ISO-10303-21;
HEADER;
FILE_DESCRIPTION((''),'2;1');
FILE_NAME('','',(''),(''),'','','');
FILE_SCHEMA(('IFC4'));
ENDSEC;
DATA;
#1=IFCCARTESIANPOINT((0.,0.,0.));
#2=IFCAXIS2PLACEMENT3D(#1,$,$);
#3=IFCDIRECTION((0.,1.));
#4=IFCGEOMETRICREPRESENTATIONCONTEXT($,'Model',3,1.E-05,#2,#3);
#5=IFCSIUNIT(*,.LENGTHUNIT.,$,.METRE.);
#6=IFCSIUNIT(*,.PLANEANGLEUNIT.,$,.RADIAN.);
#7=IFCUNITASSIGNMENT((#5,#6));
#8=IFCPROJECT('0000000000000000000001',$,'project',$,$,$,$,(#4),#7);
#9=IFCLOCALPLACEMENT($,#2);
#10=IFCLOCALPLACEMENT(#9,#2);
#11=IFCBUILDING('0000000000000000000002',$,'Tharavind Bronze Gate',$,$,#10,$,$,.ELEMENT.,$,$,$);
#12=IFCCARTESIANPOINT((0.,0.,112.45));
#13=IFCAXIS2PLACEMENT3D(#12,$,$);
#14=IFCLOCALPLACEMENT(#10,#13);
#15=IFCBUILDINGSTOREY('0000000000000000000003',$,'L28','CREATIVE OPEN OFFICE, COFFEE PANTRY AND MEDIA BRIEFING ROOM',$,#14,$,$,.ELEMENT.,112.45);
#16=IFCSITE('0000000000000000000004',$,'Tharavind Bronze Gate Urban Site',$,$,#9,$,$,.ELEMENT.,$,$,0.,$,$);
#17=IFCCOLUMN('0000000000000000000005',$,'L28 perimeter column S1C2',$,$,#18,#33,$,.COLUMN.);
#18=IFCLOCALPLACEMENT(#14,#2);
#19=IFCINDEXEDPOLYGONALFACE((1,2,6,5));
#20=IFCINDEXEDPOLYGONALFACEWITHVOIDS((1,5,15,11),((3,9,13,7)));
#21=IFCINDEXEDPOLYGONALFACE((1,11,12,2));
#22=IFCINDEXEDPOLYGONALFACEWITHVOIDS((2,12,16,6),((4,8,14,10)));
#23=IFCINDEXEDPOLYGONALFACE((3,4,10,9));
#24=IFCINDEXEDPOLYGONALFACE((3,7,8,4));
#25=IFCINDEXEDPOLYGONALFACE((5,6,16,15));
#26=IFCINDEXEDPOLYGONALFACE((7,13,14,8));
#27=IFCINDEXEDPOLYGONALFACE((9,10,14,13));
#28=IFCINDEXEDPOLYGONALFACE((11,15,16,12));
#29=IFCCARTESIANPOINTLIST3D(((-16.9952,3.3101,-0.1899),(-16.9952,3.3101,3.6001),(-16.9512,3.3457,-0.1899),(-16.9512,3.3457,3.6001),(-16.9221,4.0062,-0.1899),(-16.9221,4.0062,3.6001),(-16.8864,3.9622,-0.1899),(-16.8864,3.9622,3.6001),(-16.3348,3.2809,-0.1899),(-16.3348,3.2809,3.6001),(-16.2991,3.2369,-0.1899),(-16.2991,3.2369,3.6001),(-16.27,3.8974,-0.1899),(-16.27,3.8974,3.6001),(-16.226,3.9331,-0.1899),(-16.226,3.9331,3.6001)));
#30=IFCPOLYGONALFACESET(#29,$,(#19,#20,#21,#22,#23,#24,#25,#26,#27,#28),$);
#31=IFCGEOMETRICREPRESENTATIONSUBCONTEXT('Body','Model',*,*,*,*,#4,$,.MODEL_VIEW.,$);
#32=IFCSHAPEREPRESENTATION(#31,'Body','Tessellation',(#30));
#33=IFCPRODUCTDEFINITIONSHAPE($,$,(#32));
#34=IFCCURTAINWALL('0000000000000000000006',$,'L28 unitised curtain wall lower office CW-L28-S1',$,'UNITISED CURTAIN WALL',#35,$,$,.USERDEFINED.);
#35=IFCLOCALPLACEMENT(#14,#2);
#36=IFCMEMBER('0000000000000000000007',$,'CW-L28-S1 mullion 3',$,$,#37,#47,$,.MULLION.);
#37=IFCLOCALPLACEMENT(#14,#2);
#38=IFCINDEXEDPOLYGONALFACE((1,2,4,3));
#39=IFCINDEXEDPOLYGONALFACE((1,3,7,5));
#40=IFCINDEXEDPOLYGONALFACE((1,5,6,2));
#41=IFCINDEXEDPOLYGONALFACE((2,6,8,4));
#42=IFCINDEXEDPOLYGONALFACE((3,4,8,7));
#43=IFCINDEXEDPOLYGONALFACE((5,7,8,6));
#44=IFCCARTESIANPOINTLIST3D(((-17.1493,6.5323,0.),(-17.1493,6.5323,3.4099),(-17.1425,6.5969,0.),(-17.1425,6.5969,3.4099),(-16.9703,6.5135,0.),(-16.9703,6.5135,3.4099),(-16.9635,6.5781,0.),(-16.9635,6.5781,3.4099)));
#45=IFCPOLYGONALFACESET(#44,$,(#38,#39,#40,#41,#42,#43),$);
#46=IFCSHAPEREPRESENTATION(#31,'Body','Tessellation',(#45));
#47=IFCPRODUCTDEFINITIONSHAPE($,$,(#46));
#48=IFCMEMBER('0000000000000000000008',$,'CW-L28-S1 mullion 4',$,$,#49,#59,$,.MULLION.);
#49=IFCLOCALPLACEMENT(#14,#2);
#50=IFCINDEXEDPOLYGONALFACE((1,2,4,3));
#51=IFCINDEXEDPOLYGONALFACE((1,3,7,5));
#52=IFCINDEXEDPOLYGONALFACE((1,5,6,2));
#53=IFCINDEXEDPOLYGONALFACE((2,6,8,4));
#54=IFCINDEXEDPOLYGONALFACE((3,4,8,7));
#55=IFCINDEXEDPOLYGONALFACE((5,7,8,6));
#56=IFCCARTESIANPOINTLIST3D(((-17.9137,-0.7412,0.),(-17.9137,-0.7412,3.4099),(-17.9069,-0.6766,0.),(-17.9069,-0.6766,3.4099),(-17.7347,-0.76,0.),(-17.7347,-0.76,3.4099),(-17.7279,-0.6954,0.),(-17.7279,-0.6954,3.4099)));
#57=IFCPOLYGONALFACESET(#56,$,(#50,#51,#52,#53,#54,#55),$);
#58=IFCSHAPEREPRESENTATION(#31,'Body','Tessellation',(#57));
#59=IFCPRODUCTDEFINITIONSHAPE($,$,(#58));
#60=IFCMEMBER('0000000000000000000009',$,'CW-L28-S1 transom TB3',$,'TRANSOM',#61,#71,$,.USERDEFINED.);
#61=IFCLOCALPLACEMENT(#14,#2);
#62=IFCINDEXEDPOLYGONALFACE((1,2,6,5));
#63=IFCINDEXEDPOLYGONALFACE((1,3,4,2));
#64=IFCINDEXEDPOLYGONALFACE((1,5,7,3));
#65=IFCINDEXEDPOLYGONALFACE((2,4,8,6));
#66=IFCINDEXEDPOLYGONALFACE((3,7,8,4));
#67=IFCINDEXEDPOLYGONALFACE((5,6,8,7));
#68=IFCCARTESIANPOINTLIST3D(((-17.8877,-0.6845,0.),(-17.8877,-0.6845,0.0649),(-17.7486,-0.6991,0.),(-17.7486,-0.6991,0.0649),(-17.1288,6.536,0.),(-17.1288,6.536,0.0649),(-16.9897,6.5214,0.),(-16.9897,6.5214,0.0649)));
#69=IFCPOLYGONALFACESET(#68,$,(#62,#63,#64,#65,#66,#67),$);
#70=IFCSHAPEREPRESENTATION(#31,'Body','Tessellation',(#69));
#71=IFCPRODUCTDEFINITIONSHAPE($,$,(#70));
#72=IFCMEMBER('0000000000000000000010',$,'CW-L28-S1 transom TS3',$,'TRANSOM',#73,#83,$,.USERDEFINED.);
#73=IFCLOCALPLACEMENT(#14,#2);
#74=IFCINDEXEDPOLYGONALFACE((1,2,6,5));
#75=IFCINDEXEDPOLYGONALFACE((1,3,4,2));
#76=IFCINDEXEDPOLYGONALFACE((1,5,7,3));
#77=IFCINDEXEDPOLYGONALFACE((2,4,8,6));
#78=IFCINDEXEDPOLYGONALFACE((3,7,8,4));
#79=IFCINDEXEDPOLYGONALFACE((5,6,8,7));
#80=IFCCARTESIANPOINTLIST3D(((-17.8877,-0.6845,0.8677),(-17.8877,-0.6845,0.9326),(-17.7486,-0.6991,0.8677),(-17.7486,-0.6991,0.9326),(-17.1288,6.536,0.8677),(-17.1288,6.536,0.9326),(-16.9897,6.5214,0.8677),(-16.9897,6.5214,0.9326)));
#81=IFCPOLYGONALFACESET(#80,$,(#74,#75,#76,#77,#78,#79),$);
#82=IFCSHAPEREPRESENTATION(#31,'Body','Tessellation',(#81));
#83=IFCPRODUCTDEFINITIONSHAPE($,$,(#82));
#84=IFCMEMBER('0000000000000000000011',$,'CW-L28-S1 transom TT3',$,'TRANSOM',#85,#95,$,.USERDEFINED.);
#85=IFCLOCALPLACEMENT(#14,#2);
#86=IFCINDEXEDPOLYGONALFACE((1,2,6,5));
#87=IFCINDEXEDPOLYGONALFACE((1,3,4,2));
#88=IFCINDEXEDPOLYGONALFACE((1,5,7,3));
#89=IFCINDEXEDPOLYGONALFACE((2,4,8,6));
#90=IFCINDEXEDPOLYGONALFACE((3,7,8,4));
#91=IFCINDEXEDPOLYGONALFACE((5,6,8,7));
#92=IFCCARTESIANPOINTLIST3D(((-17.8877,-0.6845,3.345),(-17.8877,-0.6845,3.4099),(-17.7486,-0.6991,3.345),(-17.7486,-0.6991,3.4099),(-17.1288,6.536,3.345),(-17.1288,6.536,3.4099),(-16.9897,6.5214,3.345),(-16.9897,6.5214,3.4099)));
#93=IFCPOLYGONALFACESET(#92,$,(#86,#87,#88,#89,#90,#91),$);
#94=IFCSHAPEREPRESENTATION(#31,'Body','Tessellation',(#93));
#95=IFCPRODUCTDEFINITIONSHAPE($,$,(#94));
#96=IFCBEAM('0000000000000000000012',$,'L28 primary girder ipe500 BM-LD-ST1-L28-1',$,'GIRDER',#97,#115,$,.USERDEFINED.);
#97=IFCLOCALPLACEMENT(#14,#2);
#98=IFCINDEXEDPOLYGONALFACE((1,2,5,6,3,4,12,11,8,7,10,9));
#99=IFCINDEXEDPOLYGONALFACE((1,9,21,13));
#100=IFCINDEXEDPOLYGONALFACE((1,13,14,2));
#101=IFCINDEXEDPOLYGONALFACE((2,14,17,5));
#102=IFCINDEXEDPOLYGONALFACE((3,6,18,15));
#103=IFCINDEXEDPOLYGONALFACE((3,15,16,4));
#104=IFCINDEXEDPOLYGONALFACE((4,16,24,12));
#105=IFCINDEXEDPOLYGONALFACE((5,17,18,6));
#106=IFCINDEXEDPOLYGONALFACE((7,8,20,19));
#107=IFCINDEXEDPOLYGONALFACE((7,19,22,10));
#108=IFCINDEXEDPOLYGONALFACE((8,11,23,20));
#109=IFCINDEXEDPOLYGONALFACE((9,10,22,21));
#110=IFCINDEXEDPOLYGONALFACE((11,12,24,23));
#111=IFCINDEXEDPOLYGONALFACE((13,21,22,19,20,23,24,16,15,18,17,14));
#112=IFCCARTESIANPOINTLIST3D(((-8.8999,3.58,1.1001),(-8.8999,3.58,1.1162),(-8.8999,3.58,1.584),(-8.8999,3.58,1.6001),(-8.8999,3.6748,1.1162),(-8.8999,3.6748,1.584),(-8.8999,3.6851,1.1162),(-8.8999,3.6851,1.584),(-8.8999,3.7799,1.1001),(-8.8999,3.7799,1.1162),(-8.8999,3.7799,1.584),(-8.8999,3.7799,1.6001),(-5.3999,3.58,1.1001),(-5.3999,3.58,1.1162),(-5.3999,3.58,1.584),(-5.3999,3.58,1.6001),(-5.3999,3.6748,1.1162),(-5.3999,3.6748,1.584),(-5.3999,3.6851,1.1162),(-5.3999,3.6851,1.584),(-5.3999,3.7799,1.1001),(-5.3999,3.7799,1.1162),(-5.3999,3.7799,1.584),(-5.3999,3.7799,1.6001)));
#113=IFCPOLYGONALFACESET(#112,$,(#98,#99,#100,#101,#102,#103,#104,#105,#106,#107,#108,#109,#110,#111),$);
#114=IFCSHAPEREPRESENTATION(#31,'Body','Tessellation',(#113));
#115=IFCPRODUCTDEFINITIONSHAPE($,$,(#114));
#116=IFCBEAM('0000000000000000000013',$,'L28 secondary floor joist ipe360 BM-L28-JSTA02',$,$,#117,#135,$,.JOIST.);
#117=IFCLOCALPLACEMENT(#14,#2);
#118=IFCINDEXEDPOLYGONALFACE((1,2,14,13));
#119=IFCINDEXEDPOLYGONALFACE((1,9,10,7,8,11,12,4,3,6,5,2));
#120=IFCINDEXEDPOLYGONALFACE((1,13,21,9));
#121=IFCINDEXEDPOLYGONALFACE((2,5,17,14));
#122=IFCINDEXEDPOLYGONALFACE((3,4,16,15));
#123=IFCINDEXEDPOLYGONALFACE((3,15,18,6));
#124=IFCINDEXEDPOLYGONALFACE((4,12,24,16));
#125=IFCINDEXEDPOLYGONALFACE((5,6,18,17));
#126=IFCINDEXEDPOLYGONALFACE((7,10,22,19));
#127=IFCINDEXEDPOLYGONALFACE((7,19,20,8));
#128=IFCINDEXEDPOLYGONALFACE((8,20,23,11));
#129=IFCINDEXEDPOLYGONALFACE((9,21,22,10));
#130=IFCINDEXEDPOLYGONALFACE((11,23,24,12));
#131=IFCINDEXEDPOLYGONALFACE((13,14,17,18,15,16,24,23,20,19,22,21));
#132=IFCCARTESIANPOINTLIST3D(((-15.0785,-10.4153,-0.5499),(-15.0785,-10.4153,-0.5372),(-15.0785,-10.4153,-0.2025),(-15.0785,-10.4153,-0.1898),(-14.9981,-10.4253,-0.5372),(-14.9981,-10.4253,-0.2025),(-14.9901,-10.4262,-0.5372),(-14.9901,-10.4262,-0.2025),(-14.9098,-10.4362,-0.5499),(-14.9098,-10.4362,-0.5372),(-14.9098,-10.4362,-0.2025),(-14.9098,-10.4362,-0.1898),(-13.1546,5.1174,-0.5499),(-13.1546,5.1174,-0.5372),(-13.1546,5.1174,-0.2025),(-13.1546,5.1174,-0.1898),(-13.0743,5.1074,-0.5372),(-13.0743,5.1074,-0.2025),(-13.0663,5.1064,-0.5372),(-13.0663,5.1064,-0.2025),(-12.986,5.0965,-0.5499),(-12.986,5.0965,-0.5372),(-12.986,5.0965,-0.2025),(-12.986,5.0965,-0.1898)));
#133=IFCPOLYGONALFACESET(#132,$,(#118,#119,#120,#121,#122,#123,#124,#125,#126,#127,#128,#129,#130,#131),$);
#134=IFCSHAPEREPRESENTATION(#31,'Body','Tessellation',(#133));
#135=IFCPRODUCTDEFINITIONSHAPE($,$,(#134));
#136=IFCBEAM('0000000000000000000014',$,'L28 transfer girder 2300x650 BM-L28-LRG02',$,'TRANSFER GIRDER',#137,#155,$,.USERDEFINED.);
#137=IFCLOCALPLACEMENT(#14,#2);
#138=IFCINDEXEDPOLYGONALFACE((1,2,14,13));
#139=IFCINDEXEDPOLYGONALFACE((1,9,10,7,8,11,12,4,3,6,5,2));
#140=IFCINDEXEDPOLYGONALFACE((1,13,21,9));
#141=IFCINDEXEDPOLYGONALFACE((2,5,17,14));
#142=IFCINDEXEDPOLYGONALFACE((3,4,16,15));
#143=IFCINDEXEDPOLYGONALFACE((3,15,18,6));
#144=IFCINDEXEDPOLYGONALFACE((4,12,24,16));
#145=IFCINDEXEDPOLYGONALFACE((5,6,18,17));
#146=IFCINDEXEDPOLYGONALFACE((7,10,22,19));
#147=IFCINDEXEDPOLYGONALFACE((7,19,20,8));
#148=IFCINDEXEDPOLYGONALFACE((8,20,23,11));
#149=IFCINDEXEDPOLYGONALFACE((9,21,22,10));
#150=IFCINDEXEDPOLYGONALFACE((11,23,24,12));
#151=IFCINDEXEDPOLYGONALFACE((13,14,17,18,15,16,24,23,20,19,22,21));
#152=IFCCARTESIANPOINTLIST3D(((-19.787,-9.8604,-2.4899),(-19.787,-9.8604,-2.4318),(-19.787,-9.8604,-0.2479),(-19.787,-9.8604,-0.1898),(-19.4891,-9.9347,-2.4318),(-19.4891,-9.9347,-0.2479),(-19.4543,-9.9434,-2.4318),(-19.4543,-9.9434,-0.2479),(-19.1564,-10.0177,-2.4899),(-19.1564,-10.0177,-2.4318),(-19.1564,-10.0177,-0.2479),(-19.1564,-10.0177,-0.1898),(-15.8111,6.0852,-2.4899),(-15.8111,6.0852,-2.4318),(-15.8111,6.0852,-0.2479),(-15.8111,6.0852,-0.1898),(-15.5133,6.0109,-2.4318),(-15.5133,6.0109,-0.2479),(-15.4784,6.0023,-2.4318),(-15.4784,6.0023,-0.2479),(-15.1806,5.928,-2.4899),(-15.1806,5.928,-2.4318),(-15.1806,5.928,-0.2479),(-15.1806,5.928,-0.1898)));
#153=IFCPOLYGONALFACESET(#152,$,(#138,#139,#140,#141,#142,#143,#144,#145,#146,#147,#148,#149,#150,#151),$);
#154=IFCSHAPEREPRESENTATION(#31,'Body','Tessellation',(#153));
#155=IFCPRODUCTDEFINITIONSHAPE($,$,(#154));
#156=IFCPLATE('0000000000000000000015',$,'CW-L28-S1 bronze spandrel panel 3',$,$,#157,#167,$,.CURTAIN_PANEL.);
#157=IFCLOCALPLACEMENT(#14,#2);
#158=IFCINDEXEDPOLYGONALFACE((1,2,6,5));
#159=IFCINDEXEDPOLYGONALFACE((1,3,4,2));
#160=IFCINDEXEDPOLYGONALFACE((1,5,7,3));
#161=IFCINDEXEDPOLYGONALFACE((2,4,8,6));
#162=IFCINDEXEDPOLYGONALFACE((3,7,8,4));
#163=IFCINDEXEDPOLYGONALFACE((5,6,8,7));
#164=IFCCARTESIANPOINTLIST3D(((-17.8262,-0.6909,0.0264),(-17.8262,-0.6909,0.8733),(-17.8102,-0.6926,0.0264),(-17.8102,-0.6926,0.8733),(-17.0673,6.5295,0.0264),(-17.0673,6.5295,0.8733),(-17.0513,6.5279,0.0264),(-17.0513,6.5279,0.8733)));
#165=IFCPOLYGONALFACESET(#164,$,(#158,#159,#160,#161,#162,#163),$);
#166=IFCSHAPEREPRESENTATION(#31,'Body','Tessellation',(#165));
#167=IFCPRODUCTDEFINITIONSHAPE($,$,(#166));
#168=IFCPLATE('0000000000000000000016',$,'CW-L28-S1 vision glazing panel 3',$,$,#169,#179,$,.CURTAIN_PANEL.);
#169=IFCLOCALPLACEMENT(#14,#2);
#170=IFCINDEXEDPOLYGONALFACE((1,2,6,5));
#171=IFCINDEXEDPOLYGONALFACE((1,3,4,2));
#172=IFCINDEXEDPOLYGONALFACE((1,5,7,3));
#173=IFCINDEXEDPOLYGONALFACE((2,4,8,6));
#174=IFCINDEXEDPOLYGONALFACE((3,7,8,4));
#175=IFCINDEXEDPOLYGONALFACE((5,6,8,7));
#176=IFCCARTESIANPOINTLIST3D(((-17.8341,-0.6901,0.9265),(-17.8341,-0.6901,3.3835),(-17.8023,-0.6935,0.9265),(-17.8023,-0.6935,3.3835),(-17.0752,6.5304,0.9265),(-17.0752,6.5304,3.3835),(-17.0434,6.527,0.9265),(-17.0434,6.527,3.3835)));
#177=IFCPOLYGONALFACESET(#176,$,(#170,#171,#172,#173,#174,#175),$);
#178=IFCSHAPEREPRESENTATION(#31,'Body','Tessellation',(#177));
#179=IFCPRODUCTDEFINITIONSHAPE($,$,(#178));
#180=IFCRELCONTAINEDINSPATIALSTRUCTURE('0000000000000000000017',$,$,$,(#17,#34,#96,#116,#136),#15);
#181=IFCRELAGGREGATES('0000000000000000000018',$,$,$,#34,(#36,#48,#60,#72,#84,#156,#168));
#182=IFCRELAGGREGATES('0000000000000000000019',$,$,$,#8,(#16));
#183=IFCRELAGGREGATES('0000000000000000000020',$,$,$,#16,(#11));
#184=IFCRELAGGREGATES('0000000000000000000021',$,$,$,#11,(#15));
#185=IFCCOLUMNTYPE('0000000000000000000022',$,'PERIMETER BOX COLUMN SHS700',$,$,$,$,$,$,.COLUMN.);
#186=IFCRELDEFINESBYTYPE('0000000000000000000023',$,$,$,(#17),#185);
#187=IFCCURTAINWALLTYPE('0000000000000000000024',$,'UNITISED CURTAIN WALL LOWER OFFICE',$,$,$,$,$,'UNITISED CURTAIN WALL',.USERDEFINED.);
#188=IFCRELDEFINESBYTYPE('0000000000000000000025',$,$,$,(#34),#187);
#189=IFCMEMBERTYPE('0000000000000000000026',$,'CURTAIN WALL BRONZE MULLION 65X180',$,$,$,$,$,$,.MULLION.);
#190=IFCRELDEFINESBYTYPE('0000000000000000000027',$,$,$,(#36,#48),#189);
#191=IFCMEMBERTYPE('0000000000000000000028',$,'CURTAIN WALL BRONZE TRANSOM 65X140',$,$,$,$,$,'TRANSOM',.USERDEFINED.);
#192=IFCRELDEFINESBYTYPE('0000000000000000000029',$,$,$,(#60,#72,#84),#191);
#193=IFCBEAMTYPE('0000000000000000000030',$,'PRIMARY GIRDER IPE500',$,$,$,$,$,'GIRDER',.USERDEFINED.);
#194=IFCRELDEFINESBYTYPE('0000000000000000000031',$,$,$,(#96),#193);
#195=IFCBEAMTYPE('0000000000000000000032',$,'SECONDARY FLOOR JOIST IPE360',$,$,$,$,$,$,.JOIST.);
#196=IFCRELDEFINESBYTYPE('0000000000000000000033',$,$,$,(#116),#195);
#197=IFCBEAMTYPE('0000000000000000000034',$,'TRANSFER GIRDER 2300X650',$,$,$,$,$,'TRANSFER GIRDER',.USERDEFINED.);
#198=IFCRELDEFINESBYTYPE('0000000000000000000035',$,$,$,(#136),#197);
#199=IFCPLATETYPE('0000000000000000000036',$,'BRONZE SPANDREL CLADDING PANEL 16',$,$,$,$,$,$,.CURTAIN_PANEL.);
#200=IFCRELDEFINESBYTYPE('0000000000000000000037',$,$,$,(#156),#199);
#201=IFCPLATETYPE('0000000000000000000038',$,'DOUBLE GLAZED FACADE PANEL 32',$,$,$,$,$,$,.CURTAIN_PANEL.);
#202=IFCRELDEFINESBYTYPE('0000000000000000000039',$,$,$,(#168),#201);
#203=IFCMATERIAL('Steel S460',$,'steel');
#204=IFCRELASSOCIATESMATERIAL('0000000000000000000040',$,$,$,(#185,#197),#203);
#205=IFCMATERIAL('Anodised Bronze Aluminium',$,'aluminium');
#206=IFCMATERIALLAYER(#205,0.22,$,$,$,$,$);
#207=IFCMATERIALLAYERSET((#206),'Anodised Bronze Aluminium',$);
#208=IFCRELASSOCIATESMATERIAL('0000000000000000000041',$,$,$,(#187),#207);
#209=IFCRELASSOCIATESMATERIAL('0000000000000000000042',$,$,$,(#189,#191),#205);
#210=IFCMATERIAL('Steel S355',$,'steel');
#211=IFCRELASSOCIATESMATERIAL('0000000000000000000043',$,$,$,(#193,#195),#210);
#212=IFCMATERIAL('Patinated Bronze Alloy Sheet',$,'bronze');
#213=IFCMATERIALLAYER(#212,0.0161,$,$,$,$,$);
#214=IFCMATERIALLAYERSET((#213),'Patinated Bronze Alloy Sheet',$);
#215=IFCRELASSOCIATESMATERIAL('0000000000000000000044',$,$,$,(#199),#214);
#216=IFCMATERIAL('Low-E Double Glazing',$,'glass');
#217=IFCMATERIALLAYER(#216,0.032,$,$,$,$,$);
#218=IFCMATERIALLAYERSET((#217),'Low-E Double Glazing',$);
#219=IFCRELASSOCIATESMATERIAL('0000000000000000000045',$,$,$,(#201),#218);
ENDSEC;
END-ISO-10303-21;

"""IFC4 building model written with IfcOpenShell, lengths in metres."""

from ifc_helpers import new_model, si_unit, direction, frame, origin, origin_2d, place, context, subcontext, project, spatial, rectangle, hollow_rectangle, i_section, extrude, material, layer, layer_set, material_profile, profile_set, type_object, element, aggregate, save


model = new_model("IFC4")

# Units and contexts
model_context = context("Model", 3, precision=1e-05, world=origin(), true_north=direction((0.0, 1.0)))
body_context = subcontext(model_context, "Body", "Model", "MODEL_VIEW")
ifc_project = project(units=[si_unit("LENGTHUNIT", "METRE"), si_unit("PLANEANGLEUNIT", "RADIAN")], contexts=[model_context])

# Site, building, storey
site_placement = place(None, origin())
site = spatial("IfcSite", under=ifc_project, at=site_placement, Name="Tharavind Bronze Gate Urban Site", CompositionType="ELEMENT", RefElevation=0.0)
building_placement = place(site_placement, origin())
building = spatial("IfcBuilding", under=site, at=building_placement, Name="Tharavind Bronze Gate", CompositionType="ELEMENT")
storey_placement = place(building_placement, frame((0.0, 0.0, 112.45)))
storey = spatial("IfcBuildingStorey", under=building, at=storey_placement, Name="L28", Description="CREATIVE OPEN OFFICE, COFFEE PANTRY AND MEDIA BRIEFING ROOM", CompositionType="ELEMENT", Elevation=112.45)

# Column
ifc_material_1 = material(Name="Steel S460", Category="steel")
ifc_material_profile_1 = material_profile(ifc_material_1, hollow_rectangle(XDim=0.7, YDim=0.7, WallThickness=0.04, at=origin_2d()), Name="SHS700X40")
ifc_profile_set_1 = profile_set([ifc_material_profile_1], Name="Steel S460")
column_type = type_object("IfcColumnType", Name="PERIMETER BOX COLUMN SHS700", PredefinedType="COLUMN", material=ifc_profile_set_1)
column_placement = place(storey_placement, frame((-16.6106, 3.6216, -0.1899), z_axis=(0.0, 0.0, 1.0), x_axis=(0.10453, 0.994522, 0.0)))
element("IfcColumn", 1, at=column_placement, inside=storey, type_object=column_type, Name="L28 perimeter column S1C2", PredefinedType="COLUMN", context=body_context, shape_type="SweptSolid", body=[
    extrude(hollow_rectangle(XDim=0.7, YDim=0.7, WallThickness=0.04, at=origin_2d()), origin(), (0.0, 0.0, 1.0), 3.79),
])

# Curtain wall, members
ifc_material_2 = material(Name="Anodised Bronze Aluminium", Category="aluminium")
ifc_layer_1 = layer(ifc_material_2, 0.22)
ifc_layer_set_1 = layer_set([ifc_layer_1], Name="Anodised Bronze Aluminium")
curtain_wall_type = type_object("IfcCurtainWallType", Name="UNITISED CURTAIN WALL LOWER OFFICE", ElementType="UNITISED CURTAIN WALL", PredefinedType="USERDEFINED", material=ifc_layer_set_1)
curtain_wall_placement = place(storey_placement, origin())
curtain_wall = element("IfcCurtainWall", 2, at=curtain_wall_placement, inside=storey, type_object=curtain_wall_type, Name="L28 unitised curtain wall lower office CW-L28-S1", ObjectType="UNITISED CURTAIN WALL", PredefinedType="USERDEFINED")
member_type_1 = type_object("IfcMemberType", Name="CURTAIN WALL BRONZE MULLION 65X180", PredefinedType="MULLION", material=ifc_material_2)
member_1_placement = place(storey_placement, frame((-17.0564, 6.5552, 0.0), z_axis=(0.0, 0.0, 1.0), x_axis=(-0.104527, -0.994522, 0.0)))
member_1 = element("IfcMember", 3, at=member_1_placement, type_object=member_type_1, Name="CW-L28-S1 mullion 3", PredefinedType="MULLION", context=body_context, shape_type="SweptSolid", body=[
    extrude(rectangle(XDim=0.0649, YDim=0.1799, at=origin_2d()), origin(), (0.0, 0.0, 1.0), 3.4099),
])
member_2_placement = place(storey_placement, frame((-17.8208, -0.7183, 0.0), z_axis=(0.0, 0.0, 1.0), x_axis=(-0.104527, -0.994522, 0.0)))
member_2 = element("IfcMember", 4, at=member_2_placement, type_object=member_type_1, Name="CW-L28-S1 mullion 4", PredefinedType="MULLION", context=body_context, shape_type="SweptSolid", body=[
    extrude(rectangle(XDim=0.0649, YDim=0.1799, at=origin_2d()), origin(), (0.0, 0.0, 1.0), 3.4099),
])
member_type_2 = type_object("IfcMemberType", Name="CURTAIN WALL BRONZE TRANSOM 65X140", ElementType="TRANSOM", PredefinedType="USERDEFINED", material=ifc_material_2)
member_3_placement = place(storey_placement, frame((-17.4387, 2.9185, 0.0), z_axis=(0.0, 0.0, 1.0), x_axis=(-0.104527, -0.994522, 0.0)))
member_3 = element("IfcMember", 5, at=member_3_placement, type_object=member_type_2, Name="CW-L28-S1 transom TB3", ObjectType="TRANSOM", PredefinedType="USERDEFINED", context=body_context, shape_type="SweptSolid", body=[
    extrude(rectangle(XDim=7.2603, YDim=0.1399, at=origin_2d()), origin(), (0.0, 0.0, 1.0), 0.0649),
])
member_4_placement = place(storey_placement, frame((-17.4387, 2.9185, 0.8677), z_axis=(0.0, 0.0, 1.0), x_axis=(-0.104527, -0.994522, 0.0)))
member_4 = element("IfcMember", 6, at=member_4_placement, type_object=member_type_2, Name="CW-L28-S1 transom TS3", ObjectType="TRANSOM", PredefinedType="USERDEFINED", context=body_context, shape_type="SweptSolid", body=[
    extrude(rectangle(XDim=7.2603, YDim=0.1399, at=origin_2d()), origin(), (0.0, 0.0, 1.0), 0.0649),
])
member_5_placement = place(storey_placement, frame((-17.4387, 2.9185, 3.345), z_axis=(0.0, 0.0, 1.0), x_axis=(-0.104527, -0.994522, 0.0)))
member_5 = element("IfcMember", 7, at=member_5_placement, type_object=member_type_2, Name="CW-L28-S1 transom TT3", ObjectType="TRANSOM", PredefinedType="USERDEFINED", context=body_context, shape_type="SweptSolid", body=[
    extrude(rectangle(XDim=7.2603, YDim=0.1399, at=origin_2d()), origin(), (0.0, 0.0, 1.0), 0.0649),
])

# Beams
ifc_material_3 = material(Name="Steel S355", Category="steel")
ifc_material_profile_2 = material_profile(ifc_material_3, i_section(OverallWidth=0.2, OverallDepth=0.5, WebThickness=0.0103, FlangeThickness=0.0161, at=origin_2d()), Name="IPE500")
ifc_profile_set_2 = profile_set([ifc_material_profile_2], Name="Steel S355")
beam_type_1 = type_object("IfcBeamType", Name="PRIMARY GIRDER IPE500", ElementType="GIRDER", PredefinedType="USERDEFINED", material=ifc_profile_set_2)
beam_1_placement = place(storey_placement, frame((-8.8999, 3.6799, 1.3501), z_axis=(1.0, 0.0, 0.0), x_axis=(0.0, 1.0, 0.0)))
element("IfcBeam", 8, at=beam_1_placement, inside=storey, type_object=beam_type_1, Name="L28 primary girder ipe500 BM-LD-ST1-L28-1", ObjectType="GIRDER", PredefinedType="USERDEFINED", context=body_context, shape_type="SweptSolid", body=[
    extrude(i_section(OverallWidth=0.2, OverallDepth=0.5, WebThickness=0.0103, FlangeThickness=0.0161, at=origin_2d()), origin(), (0.0, 0.0, 1.0), 3.5),
])
ifc_material_profile_3 = material_profile(ifc_material_3, i_section(OverallWidth=0.1699, OverallDepth=0.3601, WebThickness=0.0081, FlangeThickness=0.0127, at=origin_2d()), Name="IPE360")
ifc_profile_set_3 = profile_set([ifc_material_profile_3], Name="Steel S355")
beam_type_2 = type_object("IfcBeamType", Name="SECONDARY FLOOR JOIST IPE360", PredefinedType="JOIST", material=ifc_profile_set_3)
beam_2_placement = place(storey_placement, frame((-13.0703, 5.1069, -0.3699), z_axis=(-0.122917, -0.992417, 0.0), x_axis=(0.992417, -0.122917, 0.0)))
element("IfcBeam", 9, at=beam_2_placement, inside=storey, type_object=beam_type_2, Name="L28 secondary floor joist ipe360 BM-L28-JSTA02", PredefinedType="JOIST", context=body_context, shape_type="SweptSolid", body=[
    extrude(i_section(OverallWidth=0.1699, OverallDepth=0.3601, WebThickness=0.0081, FlangeThickness=0.0127, at=origin_2d()), origin(), (0.0, 0.0, 1.0), 15.6514),
])
ifc_material_profile_4 = material_profile(ifc_material_1, i_section(OverallWidth=0.6499, OverallDepth=2.3, WebThickness=0.0359, FlangeThickness=0.0581, at=origin_2d()), Name="PG2300X650")
ifc_profile_set_4 = profile_set([ifc_material_profile_4], Name="Steel S460")
beam_type_3 = type_object("IfcBeamType", Name="TRANSFER GIRDER 2300X650", ElementType="TRANSFER GIRDER", PredefinedType="USERDEFINED", material=ifc_profile_set_4)
beam_3_placement = place(storey_placement, frame((-15.4958, 6.0066, -1.3398), z_axis=(-0.241931, -0.970293, 0.0), x_axis=(0.970293, -0.241931, 0.0)))
element("IfcBeam", 10, at=beam_3_placement, inside=storey, type_object=beam_type_3, Name="L28 transfer girder 2300x650 BM-L28-LRG02", ObjectType="TRANSFER GIRDER", PredefinedType="USERDEFINED", context=body_context, shape_type="SweptSolid", body=[
    extrude(i_section(OverallWidth=0.6499, OverallDepth=2.3, WebThickness=0.0359, FlangeThickness=0.0581, at=origin_2d()), origin(), (0.0, 0.0, 1.0), 16.4338),
])

# Plates
ifc_material_4 = material(Name="Patinated Bronze Alloy Sheet", Category="bronze")
ifc_layer_2 = layer(ifc_material_4, 0.0161)
ifc_layer_set_2 = layer_set([ifc_layer_2], Name="Patinated Bronze Alloy Sheet")
plate_type_1 = type_object("IfcPlateType", Name="BRONZE SPANDREL CLADDING PANEL 16", PredefinedType="CURTAIN_PANEL", material=ifc_layer_set_2)
plate_1_placement = place(storey_placement, frame((-17.4387, 2.9185, 0.0264), z_axis=(0.0, 0.0, 1.0), x_axis=(-0.104527, -0.994522, 0.0)))
plate_1 = element("IfcPlate", 11, at=plate_1_placement, type_object=plate_type_1, Name="CW-L28-S1 bronze spandrel panel 3", PredefinedType="CURTAIN_PANEL", context=body_context, shape_type="SweptSolid", body=[
    extrude(rectangle(XDim=7.2603, YDim=0.0161, at=origin_2d()), origin(), (0.0, 0.0, 1.0), 0.8469),
])
ifc_material_5 = material(Name="Low-E Double Glazing", Category="glass")
ifc_layer_3 = layer(ifc_material_5, 0.032)
ifc_layer_set_3 = layer_set([ifc_layer_3], Name="Low-E Double Glazing")
plate_type_2 = type_object("IfcPlateType", Name="DOUBLE GLAZED FACADE PANEL 32", PredefinedType="CURTAIN_PANEL", material=ifc_layer_set_3)
plate_2_placement = place(storey_placement, frame((-17.4387, 2.9185, 0.9265), z_axis=(0.0, 0.0, 1.0), x_axis=(-0.104527, -0.994522, 0.0)))
plate_2 = element("IfcPlate", 12, at=plate_2_placement, type_object=plate_type_2, Name="CW-L28-S1 vision glazing panel 3", PredefinedType="CURTAIN_PANEL", context=body_context, shape_type="SweptSolid", body=[
    extrude(rectangle(XDim=7.2603, YDim=0.032, at=origin_2d()), origin(), (0.0, 0.0, 1.0), 2.457),
])
aggregate(curtain_wall, [member_1, member_2, member_3, member_4, member_5, plate_1, plate_2])

save(model, "model.ifc")
